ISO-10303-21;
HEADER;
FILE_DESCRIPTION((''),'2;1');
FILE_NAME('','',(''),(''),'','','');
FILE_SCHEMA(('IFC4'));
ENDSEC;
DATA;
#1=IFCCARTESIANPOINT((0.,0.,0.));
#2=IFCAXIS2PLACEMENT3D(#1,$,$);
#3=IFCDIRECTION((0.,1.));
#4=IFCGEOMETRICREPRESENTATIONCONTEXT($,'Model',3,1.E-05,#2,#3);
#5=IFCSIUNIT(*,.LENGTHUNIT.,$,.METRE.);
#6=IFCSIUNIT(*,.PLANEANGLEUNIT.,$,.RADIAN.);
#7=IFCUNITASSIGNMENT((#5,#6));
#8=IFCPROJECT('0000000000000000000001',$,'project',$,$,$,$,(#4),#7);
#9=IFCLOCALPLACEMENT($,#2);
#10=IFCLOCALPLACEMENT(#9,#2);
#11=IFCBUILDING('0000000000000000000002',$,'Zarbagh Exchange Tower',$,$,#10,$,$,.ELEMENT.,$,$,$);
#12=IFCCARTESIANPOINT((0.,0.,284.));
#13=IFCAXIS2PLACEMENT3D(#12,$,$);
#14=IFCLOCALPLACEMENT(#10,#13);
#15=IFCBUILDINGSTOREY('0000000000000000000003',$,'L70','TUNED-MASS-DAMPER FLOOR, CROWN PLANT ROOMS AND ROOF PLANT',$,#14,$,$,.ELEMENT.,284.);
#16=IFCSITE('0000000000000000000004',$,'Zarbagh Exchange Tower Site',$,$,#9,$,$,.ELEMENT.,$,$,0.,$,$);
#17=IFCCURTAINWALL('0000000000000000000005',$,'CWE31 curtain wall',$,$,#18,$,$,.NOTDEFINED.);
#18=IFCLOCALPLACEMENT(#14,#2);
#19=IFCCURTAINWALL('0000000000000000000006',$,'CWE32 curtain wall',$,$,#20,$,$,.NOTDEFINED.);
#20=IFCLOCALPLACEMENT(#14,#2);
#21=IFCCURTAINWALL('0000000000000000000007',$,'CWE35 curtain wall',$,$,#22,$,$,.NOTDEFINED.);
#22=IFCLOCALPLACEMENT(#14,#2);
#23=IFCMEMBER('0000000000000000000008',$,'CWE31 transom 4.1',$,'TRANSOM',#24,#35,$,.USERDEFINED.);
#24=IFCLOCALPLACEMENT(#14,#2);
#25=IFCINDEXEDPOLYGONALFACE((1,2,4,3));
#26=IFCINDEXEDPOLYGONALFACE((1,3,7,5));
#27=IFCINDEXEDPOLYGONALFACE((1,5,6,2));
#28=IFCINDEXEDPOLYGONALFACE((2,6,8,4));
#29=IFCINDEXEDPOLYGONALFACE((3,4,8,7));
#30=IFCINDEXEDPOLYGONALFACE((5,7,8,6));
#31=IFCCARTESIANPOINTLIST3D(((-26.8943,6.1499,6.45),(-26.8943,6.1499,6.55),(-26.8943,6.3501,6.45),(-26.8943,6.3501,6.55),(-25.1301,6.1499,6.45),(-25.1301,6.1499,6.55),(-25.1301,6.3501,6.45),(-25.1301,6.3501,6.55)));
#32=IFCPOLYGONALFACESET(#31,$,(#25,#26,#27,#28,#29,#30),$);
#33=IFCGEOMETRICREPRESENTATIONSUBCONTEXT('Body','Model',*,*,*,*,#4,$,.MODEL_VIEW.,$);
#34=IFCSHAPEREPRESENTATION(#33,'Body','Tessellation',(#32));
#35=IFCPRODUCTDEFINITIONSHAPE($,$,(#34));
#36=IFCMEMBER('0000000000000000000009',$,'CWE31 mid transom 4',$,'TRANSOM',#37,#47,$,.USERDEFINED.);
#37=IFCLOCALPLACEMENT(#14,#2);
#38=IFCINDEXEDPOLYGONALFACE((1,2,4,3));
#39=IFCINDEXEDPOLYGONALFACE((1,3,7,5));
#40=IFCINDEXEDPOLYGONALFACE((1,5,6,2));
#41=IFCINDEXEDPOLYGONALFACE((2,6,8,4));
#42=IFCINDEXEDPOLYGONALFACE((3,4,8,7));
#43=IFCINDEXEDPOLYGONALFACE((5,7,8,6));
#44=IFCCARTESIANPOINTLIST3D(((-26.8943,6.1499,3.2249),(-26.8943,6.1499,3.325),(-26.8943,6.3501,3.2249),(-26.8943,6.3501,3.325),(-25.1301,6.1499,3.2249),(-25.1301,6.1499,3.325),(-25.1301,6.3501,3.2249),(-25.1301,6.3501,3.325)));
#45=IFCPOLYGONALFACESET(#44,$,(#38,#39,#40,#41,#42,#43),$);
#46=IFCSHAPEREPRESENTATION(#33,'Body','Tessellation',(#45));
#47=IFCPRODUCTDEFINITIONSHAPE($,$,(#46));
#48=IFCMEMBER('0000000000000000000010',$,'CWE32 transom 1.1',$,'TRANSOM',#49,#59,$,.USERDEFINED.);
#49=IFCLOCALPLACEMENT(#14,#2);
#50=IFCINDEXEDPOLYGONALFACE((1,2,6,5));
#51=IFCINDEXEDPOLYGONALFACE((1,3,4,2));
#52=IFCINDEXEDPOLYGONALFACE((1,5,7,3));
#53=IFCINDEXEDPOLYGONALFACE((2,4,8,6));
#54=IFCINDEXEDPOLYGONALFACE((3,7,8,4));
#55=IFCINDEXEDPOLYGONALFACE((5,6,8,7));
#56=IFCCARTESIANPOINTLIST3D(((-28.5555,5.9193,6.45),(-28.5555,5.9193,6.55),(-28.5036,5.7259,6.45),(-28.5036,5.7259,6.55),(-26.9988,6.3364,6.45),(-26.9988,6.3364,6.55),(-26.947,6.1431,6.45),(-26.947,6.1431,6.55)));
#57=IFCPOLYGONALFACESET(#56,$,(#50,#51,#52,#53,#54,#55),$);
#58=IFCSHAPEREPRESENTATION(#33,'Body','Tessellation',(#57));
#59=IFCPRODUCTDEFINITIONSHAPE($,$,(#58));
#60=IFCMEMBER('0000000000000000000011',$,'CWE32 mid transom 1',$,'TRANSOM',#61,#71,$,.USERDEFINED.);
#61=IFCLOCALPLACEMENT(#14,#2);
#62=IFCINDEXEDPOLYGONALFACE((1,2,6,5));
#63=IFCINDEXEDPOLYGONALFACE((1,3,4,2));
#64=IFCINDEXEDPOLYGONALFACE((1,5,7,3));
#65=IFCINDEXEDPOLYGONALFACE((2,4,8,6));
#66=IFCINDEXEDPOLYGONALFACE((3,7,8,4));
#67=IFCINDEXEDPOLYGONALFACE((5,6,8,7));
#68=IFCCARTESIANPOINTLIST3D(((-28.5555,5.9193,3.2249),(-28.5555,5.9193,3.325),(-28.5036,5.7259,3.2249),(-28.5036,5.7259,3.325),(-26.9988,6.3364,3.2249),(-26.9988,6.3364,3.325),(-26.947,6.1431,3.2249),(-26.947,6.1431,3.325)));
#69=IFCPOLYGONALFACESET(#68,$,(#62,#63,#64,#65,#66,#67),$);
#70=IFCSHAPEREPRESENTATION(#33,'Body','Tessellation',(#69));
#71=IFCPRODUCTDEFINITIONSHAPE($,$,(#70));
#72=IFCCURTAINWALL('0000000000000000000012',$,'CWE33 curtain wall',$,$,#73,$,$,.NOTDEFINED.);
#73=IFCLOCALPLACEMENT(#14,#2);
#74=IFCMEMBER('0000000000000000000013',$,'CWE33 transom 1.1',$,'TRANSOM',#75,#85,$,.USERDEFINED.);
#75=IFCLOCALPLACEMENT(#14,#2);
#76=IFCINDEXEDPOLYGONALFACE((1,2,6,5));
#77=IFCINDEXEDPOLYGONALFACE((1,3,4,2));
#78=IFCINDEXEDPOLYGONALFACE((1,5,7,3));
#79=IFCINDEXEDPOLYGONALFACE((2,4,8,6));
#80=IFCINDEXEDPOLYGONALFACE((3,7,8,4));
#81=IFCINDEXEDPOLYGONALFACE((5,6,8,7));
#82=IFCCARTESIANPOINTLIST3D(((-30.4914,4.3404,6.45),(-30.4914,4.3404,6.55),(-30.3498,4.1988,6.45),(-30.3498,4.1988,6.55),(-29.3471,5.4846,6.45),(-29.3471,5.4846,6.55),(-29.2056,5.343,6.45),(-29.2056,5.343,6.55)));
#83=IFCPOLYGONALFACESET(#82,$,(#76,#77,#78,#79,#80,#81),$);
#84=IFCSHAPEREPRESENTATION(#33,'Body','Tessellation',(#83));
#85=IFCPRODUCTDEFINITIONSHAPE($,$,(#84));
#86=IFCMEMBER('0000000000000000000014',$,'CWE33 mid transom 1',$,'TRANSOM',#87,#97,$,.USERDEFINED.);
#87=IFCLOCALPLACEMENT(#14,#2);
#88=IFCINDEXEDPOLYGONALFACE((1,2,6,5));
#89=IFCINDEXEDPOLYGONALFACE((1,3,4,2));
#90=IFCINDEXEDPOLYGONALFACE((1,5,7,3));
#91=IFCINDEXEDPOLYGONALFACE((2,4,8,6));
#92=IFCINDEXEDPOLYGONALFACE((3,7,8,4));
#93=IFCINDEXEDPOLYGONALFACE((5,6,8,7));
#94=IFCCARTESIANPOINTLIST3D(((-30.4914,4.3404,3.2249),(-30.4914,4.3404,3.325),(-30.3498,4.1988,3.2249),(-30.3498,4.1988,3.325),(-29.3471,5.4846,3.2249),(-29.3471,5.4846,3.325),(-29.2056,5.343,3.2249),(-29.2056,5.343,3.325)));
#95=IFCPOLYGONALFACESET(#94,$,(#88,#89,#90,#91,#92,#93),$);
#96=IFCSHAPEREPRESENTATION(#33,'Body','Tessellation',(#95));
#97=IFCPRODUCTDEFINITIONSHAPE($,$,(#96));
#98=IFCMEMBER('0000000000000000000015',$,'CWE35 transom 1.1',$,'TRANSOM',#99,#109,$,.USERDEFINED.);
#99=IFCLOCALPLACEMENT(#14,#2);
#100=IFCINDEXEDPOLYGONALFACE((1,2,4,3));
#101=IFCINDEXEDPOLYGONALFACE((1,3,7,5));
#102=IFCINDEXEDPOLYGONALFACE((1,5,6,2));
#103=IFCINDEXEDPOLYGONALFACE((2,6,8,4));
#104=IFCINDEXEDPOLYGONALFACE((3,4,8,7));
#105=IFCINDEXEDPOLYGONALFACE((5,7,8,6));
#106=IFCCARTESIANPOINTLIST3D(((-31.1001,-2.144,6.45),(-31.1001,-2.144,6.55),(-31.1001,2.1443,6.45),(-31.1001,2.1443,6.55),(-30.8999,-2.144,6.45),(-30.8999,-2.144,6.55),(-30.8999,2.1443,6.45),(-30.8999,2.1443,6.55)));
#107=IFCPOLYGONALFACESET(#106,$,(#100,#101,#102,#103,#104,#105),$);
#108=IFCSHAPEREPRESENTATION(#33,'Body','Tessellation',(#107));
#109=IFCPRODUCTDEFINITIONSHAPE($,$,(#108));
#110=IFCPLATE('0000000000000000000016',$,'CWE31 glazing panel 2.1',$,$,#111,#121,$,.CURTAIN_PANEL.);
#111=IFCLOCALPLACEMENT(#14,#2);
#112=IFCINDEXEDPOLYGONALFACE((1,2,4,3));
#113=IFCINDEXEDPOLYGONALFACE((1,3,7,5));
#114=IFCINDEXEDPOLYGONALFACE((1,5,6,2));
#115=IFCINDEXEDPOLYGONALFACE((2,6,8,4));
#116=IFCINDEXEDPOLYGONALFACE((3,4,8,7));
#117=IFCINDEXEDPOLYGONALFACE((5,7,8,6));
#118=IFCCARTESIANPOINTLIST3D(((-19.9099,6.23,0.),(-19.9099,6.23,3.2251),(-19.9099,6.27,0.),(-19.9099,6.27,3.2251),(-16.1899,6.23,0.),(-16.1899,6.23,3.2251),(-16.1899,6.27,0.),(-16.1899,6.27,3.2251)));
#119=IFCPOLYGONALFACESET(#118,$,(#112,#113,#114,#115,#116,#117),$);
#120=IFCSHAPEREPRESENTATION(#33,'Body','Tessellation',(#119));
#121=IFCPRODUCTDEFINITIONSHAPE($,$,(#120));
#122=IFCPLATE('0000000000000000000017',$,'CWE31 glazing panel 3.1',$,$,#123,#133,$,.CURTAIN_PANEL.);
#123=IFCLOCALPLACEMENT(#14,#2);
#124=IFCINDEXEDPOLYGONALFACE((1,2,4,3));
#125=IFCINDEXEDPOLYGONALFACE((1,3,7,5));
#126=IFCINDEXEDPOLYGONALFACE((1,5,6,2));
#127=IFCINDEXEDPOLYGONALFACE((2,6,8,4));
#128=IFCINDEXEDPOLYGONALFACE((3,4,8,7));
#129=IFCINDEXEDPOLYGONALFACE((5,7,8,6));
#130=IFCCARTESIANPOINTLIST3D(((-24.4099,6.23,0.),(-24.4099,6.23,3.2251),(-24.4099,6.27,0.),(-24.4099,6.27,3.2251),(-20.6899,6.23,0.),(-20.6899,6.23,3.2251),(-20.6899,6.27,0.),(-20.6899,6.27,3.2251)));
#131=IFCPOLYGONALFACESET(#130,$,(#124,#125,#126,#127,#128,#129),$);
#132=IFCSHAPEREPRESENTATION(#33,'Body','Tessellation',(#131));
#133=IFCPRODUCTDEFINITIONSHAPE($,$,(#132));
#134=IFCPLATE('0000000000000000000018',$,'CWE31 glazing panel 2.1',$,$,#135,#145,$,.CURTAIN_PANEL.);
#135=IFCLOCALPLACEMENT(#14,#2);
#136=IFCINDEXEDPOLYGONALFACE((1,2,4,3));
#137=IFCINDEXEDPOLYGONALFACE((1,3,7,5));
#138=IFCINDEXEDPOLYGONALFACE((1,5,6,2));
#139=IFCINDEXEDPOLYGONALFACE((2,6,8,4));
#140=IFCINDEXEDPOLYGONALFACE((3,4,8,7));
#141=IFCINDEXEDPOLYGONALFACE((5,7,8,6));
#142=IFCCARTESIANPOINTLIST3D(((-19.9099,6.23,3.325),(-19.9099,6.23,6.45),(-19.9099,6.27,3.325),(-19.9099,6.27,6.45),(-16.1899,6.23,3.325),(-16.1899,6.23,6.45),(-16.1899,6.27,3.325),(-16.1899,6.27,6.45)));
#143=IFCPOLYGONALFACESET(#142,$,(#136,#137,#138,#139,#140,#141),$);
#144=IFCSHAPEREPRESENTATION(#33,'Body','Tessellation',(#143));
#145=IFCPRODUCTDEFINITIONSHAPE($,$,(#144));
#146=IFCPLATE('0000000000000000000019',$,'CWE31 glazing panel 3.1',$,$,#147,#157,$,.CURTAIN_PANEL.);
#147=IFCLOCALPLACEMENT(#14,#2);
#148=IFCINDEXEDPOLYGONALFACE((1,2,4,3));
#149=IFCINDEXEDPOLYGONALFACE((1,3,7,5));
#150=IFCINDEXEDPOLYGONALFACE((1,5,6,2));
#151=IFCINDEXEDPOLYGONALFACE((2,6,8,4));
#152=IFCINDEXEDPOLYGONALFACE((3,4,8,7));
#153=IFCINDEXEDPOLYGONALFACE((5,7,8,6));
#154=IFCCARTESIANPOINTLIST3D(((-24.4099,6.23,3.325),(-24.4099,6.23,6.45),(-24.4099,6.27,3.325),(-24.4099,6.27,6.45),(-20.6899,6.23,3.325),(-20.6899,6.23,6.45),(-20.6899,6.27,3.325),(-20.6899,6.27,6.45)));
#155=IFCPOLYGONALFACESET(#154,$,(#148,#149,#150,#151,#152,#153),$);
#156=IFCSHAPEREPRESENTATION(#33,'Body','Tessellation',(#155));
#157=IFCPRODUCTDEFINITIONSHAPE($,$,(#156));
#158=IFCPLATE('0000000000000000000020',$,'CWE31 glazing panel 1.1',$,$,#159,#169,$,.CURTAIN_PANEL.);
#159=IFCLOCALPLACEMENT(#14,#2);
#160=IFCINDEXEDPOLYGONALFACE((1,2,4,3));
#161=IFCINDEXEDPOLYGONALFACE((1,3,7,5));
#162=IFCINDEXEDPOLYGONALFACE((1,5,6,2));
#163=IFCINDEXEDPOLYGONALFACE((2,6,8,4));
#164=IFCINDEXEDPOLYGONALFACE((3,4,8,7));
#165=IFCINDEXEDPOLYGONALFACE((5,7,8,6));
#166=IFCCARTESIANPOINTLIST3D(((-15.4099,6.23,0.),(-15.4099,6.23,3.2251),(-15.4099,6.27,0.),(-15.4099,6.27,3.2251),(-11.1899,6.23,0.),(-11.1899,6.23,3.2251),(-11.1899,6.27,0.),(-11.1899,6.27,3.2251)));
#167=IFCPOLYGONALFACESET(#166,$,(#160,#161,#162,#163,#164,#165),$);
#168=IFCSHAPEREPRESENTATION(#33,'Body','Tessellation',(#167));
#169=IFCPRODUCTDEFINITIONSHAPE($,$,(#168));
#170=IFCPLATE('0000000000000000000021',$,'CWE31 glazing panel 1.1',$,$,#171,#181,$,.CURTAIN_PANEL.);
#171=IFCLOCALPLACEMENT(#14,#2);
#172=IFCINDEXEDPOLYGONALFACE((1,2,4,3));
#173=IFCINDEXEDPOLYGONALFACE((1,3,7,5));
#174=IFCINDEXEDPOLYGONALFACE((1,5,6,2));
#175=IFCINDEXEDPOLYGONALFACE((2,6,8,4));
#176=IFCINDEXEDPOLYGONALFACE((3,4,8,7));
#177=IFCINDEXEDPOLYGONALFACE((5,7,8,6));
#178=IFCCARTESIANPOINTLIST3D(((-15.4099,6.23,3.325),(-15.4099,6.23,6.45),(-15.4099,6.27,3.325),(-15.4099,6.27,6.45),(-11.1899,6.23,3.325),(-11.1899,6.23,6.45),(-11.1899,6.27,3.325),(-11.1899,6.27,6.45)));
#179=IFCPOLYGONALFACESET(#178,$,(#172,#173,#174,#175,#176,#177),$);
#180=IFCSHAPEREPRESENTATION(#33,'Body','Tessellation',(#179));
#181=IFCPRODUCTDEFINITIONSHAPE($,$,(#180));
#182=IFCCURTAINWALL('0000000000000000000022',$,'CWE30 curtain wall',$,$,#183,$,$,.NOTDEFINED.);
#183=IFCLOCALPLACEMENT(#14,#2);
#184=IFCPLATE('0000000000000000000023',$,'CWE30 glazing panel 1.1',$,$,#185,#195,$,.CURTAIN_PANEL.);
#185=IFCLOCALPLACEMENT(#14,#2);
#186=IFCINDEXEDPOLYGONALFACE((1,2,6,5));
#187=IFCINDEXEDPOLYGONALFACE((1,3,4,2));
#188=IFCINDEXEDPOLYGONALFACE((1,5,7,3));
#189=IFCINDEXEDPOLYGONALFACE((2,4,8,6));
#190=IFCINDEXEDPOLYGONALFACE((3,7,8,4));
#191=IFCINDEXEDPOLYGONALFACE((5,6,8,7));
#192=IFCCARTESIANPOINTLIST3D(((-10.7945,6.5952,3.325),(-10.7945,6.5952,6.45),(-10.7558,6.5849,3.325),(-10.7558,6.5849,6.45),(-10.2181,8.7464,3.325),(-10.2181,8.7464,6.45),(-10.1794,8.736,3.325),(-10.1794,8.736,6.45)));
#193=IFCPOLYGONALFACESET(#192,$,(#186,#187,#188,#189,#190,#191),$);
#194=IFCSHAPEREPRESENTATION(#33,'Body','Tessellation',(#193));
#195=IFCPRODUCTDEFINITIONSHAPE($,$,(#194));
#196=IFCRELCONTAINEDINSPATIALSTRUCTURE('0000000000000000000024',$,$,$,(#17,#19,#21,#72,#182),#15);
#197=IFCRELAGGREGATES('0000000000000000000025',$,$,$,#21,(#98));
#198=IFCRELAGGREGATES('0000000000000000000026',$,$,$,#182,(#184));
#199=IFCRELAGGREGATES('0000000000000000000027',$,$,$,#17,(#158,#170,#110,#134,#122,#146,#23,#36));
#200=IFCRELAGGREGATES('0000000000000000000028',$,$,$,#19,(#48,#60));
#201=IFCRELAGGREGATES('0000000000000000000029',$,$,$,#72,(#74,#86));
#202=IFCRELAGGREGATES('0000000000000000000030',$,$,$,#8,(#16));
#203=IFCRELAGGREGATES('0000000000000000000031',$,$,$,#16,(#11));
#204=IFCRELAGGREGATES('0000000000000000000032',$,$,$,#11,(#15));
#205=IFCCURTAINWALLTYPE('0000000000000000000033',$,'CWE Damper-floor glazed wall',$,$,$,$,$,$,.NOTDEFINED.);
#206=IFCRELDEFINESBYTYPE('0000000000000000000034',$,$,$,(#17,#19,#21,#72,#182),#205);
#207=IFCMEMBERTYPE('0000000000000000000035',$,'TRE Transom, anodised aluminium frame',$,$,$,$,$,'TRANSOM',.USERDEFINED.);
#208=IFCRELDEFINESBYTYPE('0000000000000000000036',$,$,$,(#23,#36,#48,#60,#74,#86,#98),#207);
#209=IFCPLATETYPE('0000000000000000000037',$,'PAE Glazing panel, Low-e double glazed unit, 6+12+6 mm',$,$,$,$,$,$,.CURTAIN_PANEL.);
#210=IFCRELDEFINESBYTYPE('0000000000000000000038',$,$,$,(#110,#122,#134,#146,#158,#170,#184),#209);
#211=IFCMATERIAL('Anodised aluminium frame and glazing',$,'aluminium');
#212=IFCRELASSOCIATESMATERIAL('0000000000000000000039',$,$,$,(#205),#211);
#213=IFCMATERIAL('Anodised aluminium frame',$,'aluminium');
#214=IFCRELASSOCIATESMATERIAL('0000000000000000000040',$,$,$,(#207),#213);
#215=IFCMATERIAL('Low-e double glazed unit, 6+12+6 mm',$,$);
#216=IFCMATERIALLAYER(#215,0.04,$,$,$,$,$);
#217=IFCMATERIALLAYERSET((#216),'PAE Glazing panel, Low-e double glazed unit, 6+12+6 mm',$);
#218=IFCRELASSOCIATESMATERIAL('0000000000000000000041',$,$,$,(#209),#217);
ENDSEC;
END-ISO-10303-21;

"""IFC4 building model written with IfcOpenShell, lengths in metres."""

from ifc_helpers import new_model, si_unit, direction, frame, origin, place, context, subcontext, project, spatial, polyline, outline, extrude, source, transform, mapped, material, layer, layer_set, type_object, element, aggregate, save


model = new_model("IFC4")

# Units and contexts
model_context = context("Model", 3, precision=1e-05, world=origin(), true_north=direction((0.0, 1.0)))
body_context = subcontext(model_context, "Body", "Model", "MODEL_VIEW")
ifc_project = project(units=[si_unit("LENGTHUNIT", "METRE"), si_unit("PLANEANGLEUNIT", "RADIAN")], contexts=[model_context])

# Site, building, storey
site_placement = place(None, origin())
site = spatial("IfcSite", under=ifc_project, at=site_placement, Name="Zarbagh Exchange Tower Site", CompositionType="ELEMENT", RefElevation=0.0)
building_placement = place(site_placement, origin())
building = spatial("IfcBuilding", under=site, at=building_placement, Name="Zarbagh Exchange Tower", CompositionType="ELEMENT")
storey_placement = place(building_placement, frame((0.0, 0.0, 284.0)))
storey = spatial("IfcBuildingStorey", under=building, at=storey_placement, Name="L70", Description="TUNED-MASS-DAMPER FLOOR, CROWN PLANT ROOMS AND ROOF PLANT", CompositionType="ELEMENT", Elevation=284.0)

# Curtain wall
ifc_material_1 = material(Name="Anodised aluminium frame and glazing", Category="aluminium")
curtain_wall_type = type_object("IfcCurtainWallType", Name="CWE Damper-floor glazed wall", PredefinedType="NOTDEFINED", material=ifc_material_1)
curtain_wall_1_placement = place(storey_placement, origin())
curtain_wall_1 = element("IfcCurtainWall", 1, at=curtain_wall_1_placement, inside=storey, type_object=curtain_wall_type, Name="CWE31 curtain wall", PredefinedType="NOTDEFINED")
ifc_material_2 = material(Name="Anodised aluminium frame", Category="aluminium")
placement = place(storey_placement, origin())

# Curtain walls
curtain_wall_2_placement = place(storey_placement, origin())
curtain_wall_2 = element("IfcCurtainWall", 2, at=curtain_wall_2_placement, inside=storey, type_object=curtain_wall_type, Name="CWE32 curtain wall", PredefinedType="NOTDEFINED")
curtain_wall_3_placement = place(storey_placement, origin())
curtain_wall_3 = element("IfcCurtainWall", 3, at=curtain_wall_3_placement, inside=storey, type_object=curtain_wall_type, Name="CWE35 curtain wall", PredefinedType="NOTDEFINED")

# Shared definitions
member_type_1 = type_object("IfcMemberType", Name="TRE Transom, anodised aluminium frame", ElementType="TRANSOM", PredefinedType="USERDEFINED", material=ifc_material_2)

# Members
shared_shape_1 = source(origin(), body_context, "Body", "SweptSolid", [
    extrude(outline(polyline([(-0.1001, -0.1001), (0.0, -0.1001), (0.0, 0.1001), (-0.1001, 0.1001), (-0.1001, -0.1001)])), origin(), (0.0, 0.0, 1.0), 1.7642),
])
member_1 = element("IfcMember", 4, at=placement, type_object=member_type_1, Name="CWE31 transom 4.1", ObjectType="TRANSOM", PredefinedType="USERDEFINED", context=body_context, shape_type="MappedRepresentation", body=[
    mapped(shared_shape_1, transform((-25.1301, 6.25, 6.55), x_axis=(0.0, 0.0, 1.0), y_axis=(0.0, 1.0, 0.0), z_axis=(-1.0, 0.0, 0.0))),
])
shared_shape_2 = source(origin(), body_context, "Body", "SweptSolid", [
    extrude(outline(polyline([(-0.05, -0.1001), (0.05, -0.1001), (0.05, 0.1001), (-0.05, 0.1001), (-0.05, -0.1001)])), origin(), (0.0, 0.0, 1.0), 1.7642),
])
member_2 = element("IfcMember", 5, at=placement, type_object=member_type_1, Name="CWE31 mid transom 4", ObjectType="TRANSOM", PredefinedType="USERDEFINED", context=body_context, shape_type="MappedRepresentation", body=[
    mapped(shared_shape_2, transform((-25.1301, 6.25, 3.2749), x_axis=(0.0, 0.0, 1.0), y_axis=(0.0, 1.0, 0.0), z_axis=(-1.0, 0.0, 0.0))),
])
shared_shape_3 = source(origin(), body_context, "Body", "SweptSolid", [
    extrude(outline(polyline([(-0.1001, -0.1001), (0.0, -0.1001), (0.0, 0.1001), (-0.1001, 0.1001), (-0.1001, -0.1001)])), origin(), (0.0, 0.0, 1.0), 1.6116),
])
member_3 = element("IfcMember", 6, at=placement, type_object=member_type_1, Name="CWE32 transom 1.1", ObjectType="TRANSOM", PredefinedType="USERDEFINED", context=body_context, shape_type="MappedRepresentation", body=[
    mapped(shared_shape_3, transform((-26.9729, 6.2397, 6.55), x_axis=(0.0, 0.0, 1.0), y_axis=(-0.258825, 0.965924, 0.0), z_axis=(-0.965924, -0.258825, 0.0))),
])
shared_shape_4 = source(origin(), body_context, "Body", "SweptSolid", [
    extrude(outline(polyline([(-0.05, -0.1001), (0.05, -0.1001), (0.05, 0.1001), (-0.05, 0.1001), (-0.05, -0.1001)])), origin(), (0.0, 0.0, 1.0), 1.6116),
])
member_4 = element("IfcMember", 7, at=placement, type_object=member_type_1, Name="CWE32 mid transom 1", ObjectType="TRANSOM", PredefinedType="USERDEFINED", context=body_context, shape_type="MappedRepresentation", body=[
    mapped(shared_shape_4, transform((-26.9729, 6.2397, 3.2749), x_axis=(0.0, 0.0, 1.0), y_axis=(-0.258825, 0.965924, 0.0), z_axis=(-0.965924, -0.258825, 0.0))),
])

# Curtain wall, members
curtain_wall_4_placement = place(storey_placement, origin())
curtain_wall_4 = element("IfcCurtainWall", 8, at=curtain_wall_4_placement, inside=storey, type_object=curtain_wall_type, Name="CWE33 curtain wall", PredefinedType="NOTDEFINED")
shared_shape_5 = source(origin(), body_context, "Body", "SweptSolid", [
    extrude(outline(polyline([(-0.1001, -0.1001), (0.0, -0.1001), (0.0, 0.1001), (-0.1001, 0.1001), (-0.1001, -0.1001)])), origin(), (0.0, 0.0, 1.0), 1.6182),
])
member_5 = element("IfcMember", 9, at=placement, type_object=member_type_1, Name="CWE33 transom 1.1", ObjectType="TRANSOM", PredefinedType="USERDEFINED", context=body_context, shape_type="MappedRepresentation", body=[
    mapped(shared_shape_5, transform((-29.2764, 5.4138, 6.55), x_axis=(0.0, 0.0, 1.0), y_axis=(-0.707107, 0.707107, 0.0), z_axis=(-0.707107, -0.707107, 0.0))),
])
shared_shape_6 = source(origin(), body_context, "Body", "SweptSolid", [
    extrude(outline(polyline([(-0.05, -0.1001), (0.05, -0.1001), (0.05, 0.1001), (-0.05, 0.1001), (-0.05, -0.1001)])), origin(), (0.0, 0.0, 1.0), 1.6182),
])
member_6 = element("IfcMember", 10, at=placement, type_object=member_type_1, Name="CWE33 mid transom 1", ObjectType="TRANSOM", PredefinedType="USERDEFINED", context=body_context, shape_type="MappedRepresentation", body=[
    mapped(shared_shape_6, transform((-29.2764, 5.4138, 3.2749), x_axis=(0.0, 0.0, 1.0), y_axis=(-0.707107, 0.707107, 0.0), z_axis=(-0.707107, -0.707107, 0.0))),
])

# Member
shared_shape_7 = source(origin(), body_context, "Body", "SweptSolid", [
    extrude(outline(polyline([(-0.1001, -0.1001), (0.0, -0.1001), (0.0, 0.1001), (-0.1001, 0.1001), (-0.1001, -0.1001)])), origin(), (0.0, 0.0, 1.0), 4.2883),
])
member_7 = element("IfcMember", 11, at=placement, type_object=member_type_1, Name="CWE35 transom 1.1", ObjectType="TRANSOM", PredefinedType="USERDEFINED", context=body_context, shape_type="MappedRepresentation", body=[
    mapped(shared_shape_7, transform((-31.0, 2.1443, 6.55), x_axis=(0.0, 0.0, 1.0), y_axis=(-1.0, 0.0, 0.0), z_axis=(0.0, -1.0, 0.0))),
])
aggregate(curtain_wall_3, [member_7])

# Plates
ifc_material_3 = material(Name="Low-e double glazed unit, 6+12+6 mm")
ifc_layer = layer(ifc_material_3, 0.04)
ifc_layer_set = layer_set([ifc_layer], Name="PAE Glazing panel, Low-e double glazed unit, 6+12+6 mm")
plate_type = type_object("IfcPlateType", Name="PAE Glazing panel, Low-e double glazed unit, 6+12+6 mm", PredefinedType="CURTAIN_PANEL", material=ifc_layer_set)
shared_shape_8 = source(origin(), body_context, "Body", "SweptSolid", [
    extrude(outline(polyline([(0.0, -0.02), (3.72, -0.02), (3.72, 0.02), (0.0, 0.02), (0.0, -0.02)])), origin(), (0.0, 0.0, 1.0), 3.2251),
])
plate_1 = element("IfcPlate", 12, at=placement, type_object=plate_type, Name="CWE31 glazing panel 2.1", PredefinedType="CURTAIN_PANEL", context=body_context, shape_type="MappedRepresentation", body=[
    mapped(shared_shape_8, transform((-16.1899, 6.25, 0.0), x_axis=(-1.0, 0.0, 0.0), y_axis=(0.0, -1.0, 0.0), z_axis=(0.0, 0.0, 1.0))),
])
plate_2 = element("IfcPlate", 13, at=placement, type_object=plate_type, Name="CWE31 glazing panel 3.1", PredefinedType="CURTAIN_PANEL", context=body_context, shape_type="MappedRepresentation", body=[
    mapped(shared_shape_8, transform((-20.6899, 6.25, 0.0), x_axis=(-1.0, 0.0, 0.0), y_axis=(0.0, -1.0, 0.0), z_axis=(0.0, 0.0, 1.0))),
])
shared_shape_9 = source(origin(), body_context, "Body", "SweptSolid", [
    extrude(outline(polyline([(0.0, -0.02), (3.72, -0.02), (3.72, 0.02), (0.0, 0.02), (0.0, -0.02)])), origin(), (0.0, 0.0, 1.0), 3.125),
])
plate_3 = element("IfcPlate", 14, at=placement, type_object=plate_type, Name="CWE31 glazing panel 2.1", PredefinedType="CURTAIN_PANEL", context=body_context, shape_type="MappedRepresentation", body=[
    mapped(shared_shape_9, transform((-16.1899, 6.25, 3.325), x_axis=(-1.0, 0.0, 0.0), y_axis=(0.0, -1.0, 0.0), z_axis=(0.0, 0.0, 1.0))),
])
plate_4 = element("IfcPlate", 15, at=placement, type_object=plate_type, Name="CWE31 glazing panel 3.1", PredefinedType="CURTAIN_PANEL", context=body_context, shape_type="MappedRepresentation", body=[
    mapped(shared_shape_9, transform((-20.6899, 6.25, 3.325), x_axis=(-1.0, 0.0, 0.0), y_axis=(0.0, -1.0, 0.0), z_axis=(0.0, 0.0, 1.0))),
])
shared_shape_10 = source(origin(), body_context, "Body", "SweptSolid", [
    extrude(outline(polyline([(0.0, -0.02), (4.22, -0.02), (4.22, 0.02), (0.0, 0.02), (0.0, -0.02)])), origin(), (0.0, 0.0, 1.0), 3.2251),
])
plate_5 = element("IfcPlate", 16, at=placement, type_object=plate_type, Name="CWE31 glazing panel 1.1", PredefinedType="CURTAIN_PANEL", context=body_context, shape_type="MappedRepresentation", body=[
    mapped(shared_shape_10, transform((-11.1899, 6.25, 0.0), x_axis=(-1.0, 0.0, 0.0), y_axis=(0.0, -1.0, 0.0), z_axis=(0.0, 0.0, 1.0))),
])
shared_shape_11 = source(origin(), body_context, "Body", "SweptSolid", [
    extrude(outline(polyline([(0.0, -0.02), (4.22, -0.02), (4.22, 0.02), (0.0, 0.02), (0.0, -0.02)])), origin(), (0.0, 0.0, 1.0), 3.125),
])
plate_6 = element("IfcPlate", 17, at=placement, type_object=plate_type, Name="CWE31 glazing panel 1.1", PredefinedType="CURTAIN_PANEL", context=body_context, shape_type="MappedRepresentation", body=[
    mapped(shared_shape_11, transform((-11.1899, 6.25, 3.325), x_axis=(-1.0, 0.0, 0.0), y_axis=(0.0, -1.0, 0.0), z_axis=(0.0, 0.0, 1.0))),
])

# Curtain wall, plate
curtain_wall_5_placement = place(storey_placement, origin())
curtain_wall_5 = element("IfcCurtainWall", 18, at=curtain_wall_5_placement, inside=storey, type_object=curtain_wall_type, Name="CWE30 curtain wall", PredefinedType="NOTDEFINED")
shared_shape_12 = source(origin(), body_context, "Body", "SweptSolid", [
    extrude(outline(polyline([(0.0, -0.02), (2.2271, -0.02), (2.2271, 0.02), (0.0, 0.02), (0.0, -0.02)])), origin(), (0.0, 0.0, 1.0), 3.125),
])
plate_7 = element("IfcPlate", 19, at=placement, type_object=plate_type, Name="CWE30 glazing panel 1.1", PredefinedType="CURTAIN_PANEL", context=body_context, shape_type="MappedRepresentation", body=[
    mapped(shared_shape_12, transform((-10.1987, 8.7412, 3.325), x_axis=(-0.258825, -0.965924, 0.0), y_axis=(0.965924, -0.258825, 0.0), z_axis=(0.0, 0.0, 1.0))),
])
aggregate(curtain_wall_5, [plate_7])

aggregate(curtain_wall_1, [plate_5, plate_6, plate_1, plate_3, plate_2, plate_4, member_1, member_2])
aggregate(curtain_wall_2, [member_3, member_4])
aggregate(curtain_wall_4, [member_5, member_6])

save(model, "model.ifc")
